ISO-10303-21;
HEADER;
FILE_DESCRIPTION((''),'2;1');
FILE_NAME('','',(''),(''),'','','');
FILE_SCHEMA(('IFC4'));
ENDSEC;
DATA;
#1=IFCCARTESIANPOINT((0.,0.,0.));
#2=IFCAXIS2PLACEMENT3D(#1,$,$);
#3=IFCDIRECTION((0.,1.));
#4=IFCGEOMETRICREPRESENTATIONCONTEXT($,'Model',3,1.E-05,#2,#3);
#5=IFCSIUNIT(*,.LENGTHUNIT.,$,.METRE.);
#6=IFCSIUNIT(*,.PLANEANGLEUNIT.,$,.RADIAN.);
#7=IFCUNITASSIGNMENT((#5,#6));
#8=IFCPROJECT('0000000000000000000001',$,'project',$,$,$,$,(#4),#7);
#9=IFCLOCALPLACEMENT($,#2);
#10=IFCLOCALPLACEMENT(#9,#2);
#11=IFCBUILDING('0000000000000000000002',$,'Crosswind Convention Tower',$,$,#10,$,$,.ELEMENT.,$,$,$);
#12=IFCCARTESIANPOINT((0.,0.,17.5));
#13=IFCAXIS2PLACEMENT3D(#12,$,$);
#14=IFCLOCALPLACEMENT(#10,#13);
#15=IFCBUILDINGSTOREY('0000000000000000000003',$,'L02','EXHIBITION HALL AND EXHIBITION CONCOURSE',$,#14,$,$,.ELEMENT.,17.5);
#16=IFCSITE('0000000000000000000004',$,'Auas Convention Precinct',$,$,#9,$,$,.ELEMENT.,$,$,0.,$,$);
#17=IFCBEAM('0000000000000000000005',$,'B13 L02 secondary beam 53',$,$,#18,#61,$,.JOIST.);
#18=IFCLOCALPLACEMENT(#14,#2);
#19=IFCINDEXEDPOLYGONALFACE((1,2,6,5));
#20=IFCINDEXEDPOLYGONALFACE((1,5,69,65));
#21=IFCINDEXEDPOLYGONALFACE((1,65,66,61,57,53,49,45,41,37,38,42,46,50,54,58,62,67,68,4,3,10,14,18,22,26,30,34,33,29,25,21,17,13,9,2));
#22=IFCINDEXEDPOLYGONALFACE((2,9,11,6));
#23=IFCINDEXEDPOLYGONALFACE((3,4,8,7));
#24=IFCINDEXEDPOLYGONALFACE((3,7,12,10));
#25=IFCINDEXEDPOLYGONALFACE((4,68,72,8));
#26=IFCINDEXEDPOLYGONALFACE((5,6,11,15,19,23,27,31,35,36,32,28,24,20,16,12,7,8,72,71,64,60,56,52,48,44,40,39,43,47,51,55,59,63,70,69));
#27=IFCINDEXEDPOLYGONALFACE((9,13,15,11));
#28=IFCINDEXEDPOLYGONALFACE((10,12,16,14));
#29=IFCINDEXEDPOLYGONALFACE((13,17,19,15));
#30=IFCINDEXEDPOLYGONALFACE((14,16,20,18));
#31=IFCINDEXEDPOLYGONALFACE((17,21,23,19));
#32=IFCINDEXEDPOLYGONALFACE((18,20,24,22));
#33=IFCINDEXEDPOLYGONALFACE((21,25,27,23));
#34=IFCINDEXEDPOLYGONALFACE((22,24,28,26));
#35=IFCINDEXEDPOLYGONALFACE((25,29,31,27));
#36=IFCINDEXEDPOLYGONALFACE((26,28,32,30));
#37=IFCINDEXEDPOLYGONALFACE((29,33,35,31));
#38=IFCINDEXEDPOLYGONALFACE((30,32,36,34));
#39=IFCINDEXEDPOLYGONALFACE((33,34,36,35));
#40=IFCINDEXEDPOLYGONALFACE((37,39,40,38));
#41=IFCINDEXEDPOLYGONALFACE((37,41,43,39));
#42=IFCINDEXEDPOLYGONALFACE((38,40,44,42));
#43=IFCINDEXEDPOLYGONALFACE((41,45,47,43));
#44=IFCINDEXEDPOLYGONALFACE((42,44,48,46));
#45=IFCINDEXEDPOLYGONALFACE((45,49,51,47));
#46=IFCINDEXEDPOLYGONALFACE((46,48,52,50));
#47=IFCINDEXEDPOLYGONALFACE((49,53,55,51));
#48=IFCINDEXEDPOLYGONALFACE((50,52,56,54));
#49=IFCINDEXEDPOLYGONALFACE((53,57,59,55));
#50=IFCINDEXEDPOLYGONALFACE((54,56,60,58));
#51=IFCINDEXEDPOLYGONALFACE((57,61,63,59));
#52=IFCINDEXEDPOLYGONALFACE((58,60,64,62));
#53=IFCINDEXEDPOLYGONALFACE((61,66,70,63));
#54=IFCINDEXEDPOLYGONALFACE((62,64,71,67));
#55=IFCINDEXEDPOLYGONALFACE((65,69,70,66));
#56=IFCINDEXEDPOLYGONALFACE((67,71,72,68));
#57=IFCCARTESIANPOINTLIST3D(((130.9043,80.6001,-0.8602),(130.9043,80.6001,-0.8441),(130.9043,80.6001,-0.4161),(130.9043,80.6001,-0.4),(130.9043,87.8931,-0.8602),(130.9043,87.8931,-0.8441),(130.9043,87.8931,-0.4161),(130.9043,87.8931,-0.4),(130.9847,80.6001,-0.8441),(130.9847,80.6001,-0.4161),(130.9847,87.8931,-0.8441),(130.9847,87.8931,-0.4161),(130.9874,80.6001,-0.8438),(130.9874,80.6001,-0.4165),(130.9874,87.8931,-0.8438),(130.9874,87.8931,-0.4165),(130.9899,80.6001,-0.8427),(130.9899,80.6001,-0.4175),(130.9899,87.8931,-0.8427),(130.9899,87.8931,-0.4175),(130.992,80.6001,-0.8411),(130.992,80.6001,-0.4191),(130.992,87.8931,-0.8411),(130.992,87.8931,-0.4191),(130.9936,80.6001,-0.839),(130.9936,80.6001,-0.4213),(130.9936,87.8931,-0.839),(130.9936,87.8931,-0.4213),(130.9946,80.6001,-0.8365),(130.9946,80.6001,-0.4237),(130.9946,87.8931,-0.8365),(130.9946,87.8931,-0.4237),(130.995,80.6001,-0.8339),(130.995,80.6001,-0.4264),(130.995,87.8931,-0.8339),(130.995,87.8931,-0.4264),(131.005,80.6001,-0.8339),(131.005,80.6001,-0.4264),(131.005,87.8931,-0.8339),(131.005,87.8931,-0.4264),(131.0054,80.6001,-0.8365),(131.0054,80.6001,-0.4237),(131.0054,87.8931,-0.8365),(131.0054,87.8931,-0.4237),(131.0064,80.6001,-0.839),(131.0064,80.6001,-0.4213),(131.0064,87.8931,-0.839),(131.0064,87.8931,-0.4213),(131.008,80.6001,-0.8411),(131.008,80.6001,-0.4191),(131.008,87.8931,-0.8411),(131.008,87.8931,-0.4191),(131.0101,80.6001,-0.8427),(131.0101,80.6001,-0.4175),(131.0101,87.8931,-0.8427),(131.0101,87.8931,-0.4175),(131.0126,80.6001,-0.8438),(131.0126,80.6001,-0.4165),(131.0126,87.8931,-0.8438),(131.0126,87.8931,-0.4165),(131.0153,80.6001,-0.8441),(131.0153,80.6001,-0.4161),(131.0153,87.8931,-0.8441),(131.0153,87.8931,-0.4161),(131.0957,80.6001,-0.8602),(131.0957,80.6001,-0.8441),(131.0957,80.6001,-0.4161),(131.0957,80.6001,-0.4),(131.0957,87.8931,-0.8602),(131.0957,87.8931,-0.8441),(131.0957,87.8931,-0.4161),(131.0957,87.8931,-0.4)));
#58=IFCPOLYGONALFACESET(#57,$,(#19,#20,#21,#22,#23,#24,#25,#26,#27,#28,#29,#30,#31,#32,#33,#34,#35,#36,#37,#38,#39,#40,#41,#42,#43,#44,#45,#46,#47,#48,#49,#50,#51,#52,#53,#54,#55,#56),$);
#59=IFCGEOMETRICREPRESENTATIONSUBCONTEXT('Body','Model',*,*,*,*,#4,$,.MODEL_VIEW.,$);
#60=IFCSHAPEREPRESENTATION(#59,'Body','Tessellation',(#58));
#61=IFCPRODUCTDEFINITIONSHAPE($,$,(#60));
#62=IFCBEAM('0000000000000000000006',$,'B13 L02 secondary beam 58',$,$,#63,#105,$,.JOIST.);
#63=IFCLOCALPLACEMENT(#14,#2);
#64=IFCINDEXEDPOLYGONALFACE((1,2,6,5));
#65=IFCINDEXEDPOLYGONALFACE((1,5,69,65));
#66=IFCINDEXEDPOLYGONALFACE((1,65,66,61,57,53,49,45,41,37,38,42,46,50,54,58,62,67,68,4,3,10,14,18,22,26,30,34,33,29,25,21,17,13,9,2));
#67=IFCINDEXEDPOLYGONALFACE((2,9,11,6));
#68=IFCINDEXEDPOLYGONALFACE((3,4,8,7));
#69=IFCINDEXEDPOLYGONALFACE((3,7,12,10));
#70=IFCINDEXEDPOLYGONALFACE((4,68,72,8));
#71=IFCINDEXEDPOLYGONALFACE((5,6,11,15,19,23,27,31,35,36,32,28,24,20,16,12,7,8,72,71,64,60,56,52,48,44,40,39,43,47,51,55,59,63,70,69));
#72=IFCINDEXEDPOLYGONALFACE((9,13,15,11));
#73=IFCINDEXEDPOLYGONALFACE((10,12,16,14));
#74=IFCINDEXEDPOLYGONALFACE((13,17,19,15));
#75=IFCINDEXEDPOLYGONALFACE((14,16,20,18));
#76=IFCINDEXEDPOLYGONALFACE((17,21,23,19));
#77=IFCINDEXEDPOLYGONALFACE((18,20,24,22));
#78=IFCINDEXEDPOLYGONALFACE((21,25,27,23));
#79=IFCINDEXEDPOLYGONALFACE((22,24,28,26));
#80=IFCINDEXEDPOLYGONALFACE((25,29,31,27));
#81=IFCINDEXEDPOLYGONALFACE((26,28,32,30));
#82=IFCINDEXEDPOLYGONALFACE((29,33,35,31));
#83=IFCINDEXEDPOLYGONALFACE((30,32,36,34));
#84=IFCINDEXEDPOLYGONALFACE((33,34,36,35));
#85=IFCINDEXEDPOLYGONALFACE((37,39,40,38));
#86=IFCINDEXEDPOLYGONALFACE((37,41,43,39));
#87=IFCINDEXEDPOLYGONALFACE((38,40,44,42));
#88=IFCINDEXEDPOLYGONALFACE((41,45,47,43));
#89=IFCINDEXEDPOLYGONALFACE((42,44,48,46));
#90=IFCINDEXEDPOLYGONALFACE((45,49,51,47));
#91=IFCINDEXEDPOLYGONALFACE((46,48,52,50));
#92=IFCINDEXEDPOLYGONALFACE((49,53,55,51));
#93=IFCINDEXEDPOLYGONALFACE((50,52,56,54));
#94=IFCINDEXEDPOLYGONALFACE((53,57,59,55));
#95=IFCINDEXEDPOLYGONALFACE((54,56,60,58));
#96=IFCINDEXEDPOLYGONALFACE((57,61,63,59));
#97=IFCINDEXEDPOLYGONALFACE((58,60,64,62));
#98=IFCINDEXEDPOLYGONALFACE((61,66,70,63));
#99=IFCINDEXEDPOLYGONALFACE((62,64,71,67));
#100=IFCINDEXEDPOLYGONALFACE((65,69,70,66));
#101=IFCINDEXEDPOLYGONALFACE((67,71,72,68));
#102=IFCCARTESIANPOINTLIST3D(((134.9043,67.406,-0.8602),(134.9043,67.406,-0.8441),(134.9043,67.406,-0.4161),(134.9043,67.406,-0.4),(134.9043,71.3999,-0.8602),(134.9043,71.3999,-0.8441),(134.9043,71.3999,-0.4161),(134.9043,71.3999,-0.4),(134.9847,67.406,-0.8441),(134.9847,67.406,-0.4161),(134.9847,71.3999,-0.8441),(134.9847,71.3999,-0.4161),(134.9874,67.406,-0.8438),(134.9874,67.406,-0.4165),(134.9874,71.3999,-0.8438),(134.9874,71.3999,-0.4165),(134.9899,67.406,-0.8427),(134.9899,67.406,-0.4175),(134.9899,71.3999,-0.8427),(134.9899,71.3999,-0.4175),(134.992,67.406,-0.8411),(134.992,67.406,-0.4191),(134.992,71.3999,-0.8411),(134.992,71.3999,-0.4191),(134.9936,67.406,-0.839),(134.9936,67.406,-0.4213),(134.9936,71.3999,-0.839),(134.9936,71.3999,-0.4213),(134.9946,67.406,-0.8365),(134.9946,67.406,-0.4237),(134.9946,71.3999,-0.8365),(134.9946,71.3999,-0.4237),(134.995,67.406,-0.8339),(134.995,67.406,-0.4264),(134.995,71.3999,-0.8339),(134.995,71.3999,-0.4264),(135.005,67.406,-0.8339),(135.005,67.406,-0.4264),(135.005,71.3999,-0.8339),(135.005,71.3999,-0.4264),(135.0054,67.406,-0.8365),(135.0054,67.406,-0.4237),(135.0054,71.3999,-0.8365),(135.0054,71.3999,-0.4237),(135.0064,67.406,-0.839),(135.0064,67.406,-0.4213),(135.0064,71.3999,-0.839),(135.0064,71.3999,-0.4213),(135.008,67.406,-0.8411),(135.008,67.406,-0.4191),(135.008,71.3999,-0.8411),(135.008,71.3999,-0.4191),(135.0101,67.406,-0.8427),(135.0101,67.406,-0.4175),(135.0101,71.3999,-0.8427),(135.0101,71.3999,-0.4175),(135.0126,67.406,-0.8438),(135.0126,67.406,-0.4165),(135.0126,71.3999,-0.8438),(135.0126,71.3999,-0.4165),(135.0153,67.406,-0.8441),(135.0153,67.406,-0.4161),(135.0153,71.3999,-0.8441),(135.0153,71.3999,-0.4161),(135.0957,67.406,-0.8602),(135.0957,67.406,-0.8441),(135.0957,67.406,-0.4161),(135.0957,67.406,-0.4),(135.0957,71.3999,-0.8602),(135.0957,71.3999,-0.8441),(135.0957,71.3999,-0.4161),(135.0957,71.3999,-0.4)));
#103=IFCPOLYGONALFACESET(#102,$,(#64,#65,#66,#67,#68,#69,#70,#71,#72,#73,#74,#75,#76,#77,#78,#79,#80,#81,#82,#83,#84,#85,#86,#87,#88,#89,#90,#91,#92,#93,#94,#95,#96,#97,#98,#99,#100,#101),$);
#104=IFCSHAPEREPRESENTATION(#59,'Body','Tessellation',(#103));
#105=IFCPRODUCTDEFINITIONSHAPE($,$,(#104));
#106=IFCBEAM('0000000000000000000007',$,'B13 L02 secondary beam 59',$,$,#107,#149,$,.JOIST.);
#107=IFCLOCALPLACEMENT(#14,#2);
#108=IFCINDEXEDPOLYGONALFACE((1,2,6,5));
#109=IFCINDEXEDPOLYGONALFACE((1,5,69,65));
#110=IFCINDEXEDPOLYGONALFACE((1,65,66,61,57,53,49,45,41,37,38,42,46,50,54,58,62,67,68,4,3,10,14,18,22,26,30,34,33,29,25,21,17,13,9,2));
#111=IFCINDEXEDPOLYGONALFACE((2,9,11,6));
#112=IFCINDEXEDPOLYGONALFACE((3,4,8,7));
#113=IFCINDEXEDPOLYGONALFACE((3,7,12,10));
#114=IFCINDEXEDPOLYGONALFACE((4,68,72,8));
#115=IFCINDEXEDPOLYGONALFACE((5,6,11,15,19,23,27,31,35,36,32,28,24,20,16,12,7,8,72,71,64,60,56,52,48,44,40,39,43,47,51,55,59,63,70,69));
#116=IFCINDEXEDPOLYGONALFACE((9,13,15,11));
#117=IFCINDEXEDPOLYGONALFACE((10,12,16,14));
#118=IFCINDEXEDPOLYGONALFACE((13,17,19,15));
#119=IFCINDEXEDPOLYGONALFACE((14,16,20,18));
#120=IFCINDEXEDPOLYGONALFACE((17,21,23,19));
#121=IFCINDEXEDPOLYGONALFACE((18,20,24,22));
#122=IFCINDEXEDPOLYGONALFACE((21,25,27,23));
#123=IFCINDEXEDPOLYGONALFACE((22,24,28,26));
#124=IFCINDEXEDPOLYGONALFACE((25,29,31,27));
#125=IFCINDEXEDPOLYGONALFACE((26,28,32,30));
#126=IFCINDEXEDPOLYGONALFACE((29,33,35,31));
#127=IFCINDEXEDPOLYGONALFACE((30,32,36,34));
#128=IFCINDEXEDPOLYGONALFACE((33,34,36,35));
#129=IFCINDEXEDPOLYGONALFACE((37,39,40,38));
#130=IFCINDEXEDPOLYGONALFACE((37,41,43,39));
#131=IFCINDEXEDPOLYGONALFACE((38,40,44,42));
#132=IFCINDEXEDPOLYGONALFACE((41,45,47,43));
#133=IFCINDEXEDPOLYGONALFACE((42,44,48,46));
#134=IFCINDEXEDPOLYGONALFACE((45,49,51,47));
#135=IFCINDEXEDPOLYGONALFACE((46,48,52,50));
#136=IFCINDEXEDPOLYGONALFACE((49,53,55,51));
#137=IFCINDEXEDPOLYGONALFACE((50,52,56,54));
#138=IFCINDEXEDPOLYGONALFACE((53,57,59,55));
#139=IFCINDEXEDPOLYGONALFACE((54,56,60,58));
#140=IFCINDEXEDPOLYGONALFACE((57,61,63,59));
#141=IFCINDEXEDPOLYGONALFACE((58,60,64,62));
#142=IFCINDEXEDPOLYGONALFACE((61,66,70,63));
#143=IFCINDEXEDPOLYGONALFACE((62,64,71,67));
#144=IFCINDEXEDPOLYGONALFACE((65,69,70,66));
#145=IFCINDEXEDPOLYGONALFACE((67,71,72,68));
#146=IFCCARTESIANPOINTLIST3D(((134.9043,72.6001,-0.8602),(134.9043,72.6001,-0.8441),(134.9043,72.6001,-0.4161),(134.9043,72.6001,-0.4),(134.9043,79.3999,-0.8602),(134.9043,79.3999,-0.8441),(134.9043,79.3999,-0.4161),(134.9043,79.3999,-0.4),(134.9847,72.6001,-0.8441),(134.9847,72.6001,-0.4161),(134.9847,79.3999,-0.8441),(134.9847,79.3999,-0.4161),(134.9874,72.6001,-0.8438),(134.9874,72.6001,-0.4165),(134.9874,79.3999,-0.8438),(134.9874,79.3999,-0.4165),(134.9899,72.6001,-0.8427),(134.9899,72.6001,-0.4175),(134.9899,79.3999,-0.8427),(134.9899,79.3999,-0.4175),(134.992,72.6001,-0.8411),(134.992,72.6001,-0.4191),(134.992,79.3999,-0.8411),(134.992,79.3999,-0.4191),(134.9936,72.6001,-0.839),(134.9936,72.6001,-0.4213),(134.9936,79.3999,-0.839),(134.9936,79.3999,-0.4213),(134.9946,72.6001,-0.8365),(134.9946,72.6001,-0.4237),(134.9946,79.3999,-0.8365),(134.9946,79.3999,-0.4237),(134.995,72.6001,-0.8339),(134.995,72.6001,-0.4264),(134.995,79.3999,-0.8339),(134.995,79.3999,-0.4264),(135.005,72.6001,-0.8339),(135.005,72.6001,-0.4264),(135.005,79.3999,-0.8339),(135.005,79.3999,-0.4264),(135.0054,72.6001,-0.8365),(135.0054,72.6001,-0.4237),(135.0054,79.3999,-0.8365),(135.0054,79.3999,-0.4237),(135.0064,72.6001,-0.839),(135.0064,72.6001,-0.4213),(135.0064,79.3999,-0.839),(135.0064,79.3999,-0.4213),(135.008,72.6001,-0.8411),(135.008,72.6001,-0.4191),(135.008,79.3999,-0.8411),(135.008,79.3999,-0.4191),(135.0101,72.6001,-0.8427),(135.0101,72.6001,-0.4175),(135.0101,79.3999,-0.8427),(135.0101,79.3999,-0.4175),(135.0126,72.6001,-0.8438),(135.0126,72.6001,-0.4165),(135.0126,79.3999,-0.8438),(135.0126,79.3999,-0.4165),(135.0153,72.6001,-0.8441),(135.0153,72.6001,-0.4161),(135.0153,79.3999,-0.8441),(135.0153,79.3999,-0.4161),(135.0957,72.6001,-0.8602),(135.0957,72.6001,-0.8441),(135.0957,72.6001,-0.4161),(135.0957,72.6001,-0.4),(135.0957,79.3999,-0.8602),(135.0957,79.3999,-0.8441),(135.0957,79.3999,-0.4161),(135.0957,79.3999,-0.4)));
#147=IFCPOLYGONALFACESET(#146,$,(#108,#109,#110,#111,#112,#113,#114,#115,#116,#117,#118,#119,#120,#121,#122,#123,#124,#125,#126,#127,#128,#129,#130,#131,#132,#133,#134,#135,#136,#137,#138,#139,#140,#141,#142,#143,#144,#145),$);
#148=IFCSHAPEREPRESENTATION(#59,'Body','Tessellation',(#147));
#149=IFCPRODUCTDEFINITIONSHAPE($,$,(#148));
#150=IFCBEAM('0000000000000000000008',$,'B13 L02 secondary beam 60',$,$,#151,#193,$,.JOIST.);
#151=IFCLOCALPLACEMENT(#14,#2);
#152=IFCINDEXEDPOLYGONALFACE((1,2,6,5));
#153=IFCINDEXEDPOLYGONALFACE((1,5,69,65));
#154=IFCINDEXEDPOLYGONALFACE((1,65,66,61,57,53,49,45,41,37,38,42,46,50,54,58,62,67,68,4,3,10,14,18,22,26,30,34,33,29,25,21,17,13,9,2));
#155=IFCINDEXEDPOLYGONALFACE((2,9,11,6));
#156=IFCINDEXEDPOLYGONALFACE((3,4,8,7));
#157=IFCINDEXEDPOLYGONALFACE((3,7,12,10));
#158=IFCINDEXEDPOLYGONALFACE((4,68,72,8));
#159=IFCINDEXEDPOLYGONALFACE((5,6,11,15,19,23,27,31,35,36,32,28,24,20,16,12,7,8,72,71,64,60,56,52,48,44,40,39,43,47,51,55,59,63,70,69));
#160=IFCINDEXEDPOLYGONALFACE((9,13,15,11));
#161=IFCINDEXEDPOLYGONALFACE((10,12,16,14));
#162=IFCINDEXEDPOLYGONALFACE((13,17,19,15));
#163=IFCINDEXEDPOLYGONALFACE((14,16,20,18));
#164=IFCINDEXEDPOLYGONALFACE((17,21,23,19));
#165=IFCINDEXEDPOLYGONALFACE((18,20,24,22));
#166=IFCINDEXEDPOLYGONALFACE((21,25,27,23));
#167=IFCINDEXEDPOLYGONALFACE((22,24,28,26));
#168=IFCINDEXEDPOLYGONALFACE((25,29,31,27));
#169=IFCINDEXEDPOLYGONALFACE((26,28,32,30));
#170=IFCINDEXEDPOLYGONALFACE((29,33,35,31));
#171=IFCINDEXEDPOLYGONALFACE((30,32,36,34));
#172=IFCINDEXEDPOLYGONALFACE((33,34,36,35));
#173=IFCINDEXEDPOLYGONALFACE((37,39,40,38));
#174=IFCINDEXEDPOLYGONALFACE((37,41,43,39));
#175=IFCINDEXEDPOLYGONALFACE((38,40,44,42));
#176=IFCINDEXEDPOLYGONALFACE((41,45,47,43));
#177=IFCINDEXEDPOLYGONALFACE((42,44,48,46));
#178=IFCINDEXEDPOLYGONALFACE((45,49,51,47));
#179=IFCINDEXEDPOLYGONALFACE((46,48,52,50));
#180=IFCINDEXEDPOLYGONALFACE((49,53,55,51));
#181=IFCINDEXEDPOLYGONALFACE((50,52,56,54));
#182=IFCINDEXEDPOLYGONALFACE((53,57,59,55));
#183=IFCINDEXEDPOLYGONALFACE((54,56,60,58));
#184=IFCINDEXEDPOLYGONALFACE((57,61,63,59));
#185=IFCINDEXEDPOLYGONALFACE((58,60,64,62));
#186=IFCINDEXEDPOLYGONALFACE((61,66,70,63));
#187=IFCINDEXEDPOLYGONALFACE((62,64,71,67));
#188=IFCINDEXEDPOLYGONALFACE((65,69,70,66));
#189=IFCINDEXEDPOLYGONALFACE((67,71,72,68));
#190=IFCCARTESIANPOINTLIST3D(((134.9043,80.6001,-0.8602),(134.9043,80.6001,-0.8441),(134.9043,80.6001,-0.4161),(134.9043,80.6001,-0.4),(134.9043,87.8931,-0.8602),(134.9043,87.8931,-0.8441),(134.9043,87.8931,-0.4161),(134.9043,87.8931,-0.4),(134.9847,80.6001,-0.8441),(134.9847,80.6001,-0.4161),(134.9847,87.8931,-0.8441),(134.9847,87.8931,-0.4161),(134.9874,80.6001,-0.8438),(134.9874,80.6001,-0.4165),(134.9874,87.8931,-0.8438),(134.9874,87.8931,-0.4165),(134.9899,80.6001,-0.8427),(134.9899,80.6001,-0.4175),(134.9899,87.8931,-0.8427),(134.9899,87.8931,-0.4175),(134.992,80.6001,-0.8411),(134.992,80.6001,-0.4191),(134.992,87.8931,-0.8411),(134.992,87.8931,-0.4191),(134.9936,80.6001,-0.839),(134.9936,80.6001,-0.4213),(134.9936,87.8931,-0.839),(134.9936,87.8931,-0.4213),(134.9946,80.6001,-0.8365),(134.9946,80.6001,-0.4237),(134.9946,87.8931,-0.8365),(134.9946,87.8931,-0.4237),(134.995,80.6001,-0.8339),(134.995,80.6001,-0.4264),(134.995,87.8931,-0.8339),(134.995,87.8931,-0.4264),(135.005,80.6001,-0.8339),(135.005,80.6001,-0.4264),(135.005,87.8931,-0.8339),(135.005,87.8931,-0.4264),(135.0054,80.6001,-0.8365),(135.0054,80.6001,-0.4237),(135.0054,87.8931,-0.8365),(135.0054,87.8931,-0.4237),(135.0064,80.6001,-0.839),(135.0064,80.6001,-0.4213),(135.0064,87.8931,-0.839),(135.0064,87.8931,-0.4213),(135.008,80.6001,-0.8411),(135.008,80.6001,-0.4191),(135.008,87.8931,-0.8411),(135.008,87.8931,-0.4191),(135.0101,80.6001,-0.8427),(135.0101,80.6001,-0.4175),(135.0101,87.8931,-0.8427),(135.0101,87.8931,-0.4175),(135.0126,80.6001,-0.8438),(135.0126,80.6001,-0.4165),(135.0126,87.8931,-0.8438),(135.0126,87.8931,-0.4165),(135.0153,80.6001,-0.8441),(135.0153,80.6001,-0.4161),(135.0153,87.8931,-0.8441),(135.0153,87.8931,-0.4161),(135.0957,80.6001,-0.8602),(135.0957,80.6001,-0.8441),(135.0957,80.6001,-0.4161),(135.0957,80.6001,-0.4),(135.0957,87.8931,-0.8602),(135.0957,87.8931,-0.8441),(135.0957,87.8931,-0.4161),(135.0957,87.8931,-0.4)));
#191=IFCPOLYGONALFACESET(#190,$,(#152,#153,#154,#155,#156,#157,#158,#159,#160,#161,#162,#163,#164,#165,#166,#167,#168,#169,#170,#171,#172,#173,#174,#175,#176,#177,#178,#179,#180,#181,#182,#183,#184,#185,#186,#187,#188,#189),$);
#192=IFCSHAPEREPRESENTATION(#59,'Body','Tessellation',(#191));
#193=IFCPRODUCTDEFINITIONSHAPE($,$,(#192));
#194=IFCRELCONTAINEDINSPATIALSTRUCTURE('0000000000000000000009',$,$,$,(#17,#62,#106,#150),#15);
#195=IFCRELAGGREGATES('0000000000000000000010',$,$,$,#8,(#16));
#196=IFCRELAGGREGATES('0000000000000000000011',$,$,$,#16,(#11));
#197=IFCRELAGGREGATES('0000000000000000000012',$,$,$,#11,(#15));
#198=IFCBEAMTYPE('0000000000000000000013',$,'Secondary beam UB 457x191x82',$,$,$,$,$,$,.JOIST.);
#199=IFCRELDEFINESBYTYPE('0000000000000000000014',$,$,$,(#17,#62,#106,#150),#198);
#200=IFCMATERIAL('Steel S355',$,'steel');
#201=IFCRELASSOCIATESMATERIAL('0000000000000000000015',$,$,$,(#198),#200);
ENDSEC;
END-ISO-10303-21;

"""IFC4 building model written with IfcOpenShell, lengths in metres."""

from ifc_helpers import new_model, si_unit, direction, frame, origin, origin_2d, place, context, subcontext, project, spatial, i_section, extrude, material, material_profile, profile_set, type_object, element, save


model = new_model("IFC4")

# Units and contexts
model_context = context("Model", 3, precision=1e-05, world=origin(), true_north=direction((0.0, 1.0)))
body_context = subcontext(model_context, "Body", "Model", "MODEL_VIEW")
ifc_project = project(units=[si_unit("LENGTHUNIT", "METRE"), si_unit("PLANEANGLEUNIT", "RADIAN")], contexts=[model_context])

# Site, building, storey
site_placement = place(None, origin())
site = spatial("IfcSite", under=ifc_project, at=site_placement, Name="Auas Convention Precinct", CompositionType="ELEMENT", RefElevation=0.0)
building_placement = place(site_placement, origin())
building = spatial("IfcBuilding", under=site, at=building_placement, Name="Crosswind Convention Tower", CompositionType="ELEMENT")
storey_placement = place(building_placement, frame((0.0, 0.0, 17.5)))
storey = spatial("IfcBuildingStorey", under=building, at=storey_placement, Name="L02", Description="EXHIBITION HALL AND EXHIBITION CONCOURSE", CompositionType="ELEMENT", Elevation=17.5)

# Shared definitions
ifc_material_1 = material(Name="Steel S355", Category="steel")

# Beams
ifc_material_profile_1 = material_profile(ifc_material_1, i_section(OverallWidth=0.1914, OverallDepth=0.4602, WebThickness=0.01, FlangeThickness=0.0161, FilletRadius=0.0103, at=origin_2d()), Name="UB 457x191x82")
ifc_profile_set_1 = profile_set([ifc_material_profile_1], Name="Steel S355")
beam_type_1 = type_object("IfcBeamType", Name="Secondary beam UB 457x191x82", PredefinedType="JOIST", material=ifc_profile_set_1)
beam_1_placement = place(storey_placement, frame((131.0, 80.6001, -0.6301), z_axis=(0.0, 1.0, 0.0), x_axis=(-1.0, 0.0, 0.0)))
element("IfcBeam", 1, at=beam_1_placement, inside=storey, type_object=beam_type_1, Name="B13 L02 secondary beam 53", PredefinedType="JOIST", context=body_context, shape_type="SweptSolid", body=[
    extrude(i_section(OverallWidth=0.1914, OverallDepth=0.4602, WebThickness=0.01, FlangeThickness=0.0161, FilletRadius=0.0103, at=origin_2d()), origin(), (0.0, 0.0, 1.0), 7.293),
])
beam_2_placement = place(storey_placement, frame((135.0, 67.406, -0.6301), z_axis=(0.0, 1.0, 0.0), x_axis=(-1.0, 0.0, 0.0)))
element("IfcBeam", 2, at=beam_2_placement, inside=storey, type_object=beam_type_1, Name="B13 L02 secondary beam 58", PredefinedType="JOIST", context=body_context, shape_type="SweptSolid", body=[
    extrude(i_section(OverallWidth=0.1914, OverallDepth=0.4602, WebThickness=0.01, FlangeThickness=0.0161, FilletRadius=0.0103, at=origin_2d()), origin(), (0.0, 0.0, 1.0), 3.9939),
])
beam_3_placement = place(storey_placement, frame((135.0, 72.6001, -0.6301), z_axis=(0.0, 1.0, 0.0), x_axis=(-1.0, 0.0, 0.0)))
element("IfcBeam", 3, at=beam_3_placement, inside=storey, type_object=beam_type_1, Name="B13 L02 secondary beam 59", PredefinedType="JOIST", context=body_context, shape_type="SweptSolid", body=[
    extrude(i_section(OverallWidth=0.1914, OverallDepth=0.4602, WebThickness=0.01, FlangeThickness=0.0161, FilletRadius=0.0103, at=origin_2d()), origin(), (0.0, 0.0, 1.0), 6.7998),
])
beam_4_placement = place(storey_placement, frame((135.0, 80.6001, -0.6301), z_axis=(0.0, 1.0, 0.0), x_axis=(-1.0, 0.0, 0.0)))
element("IfcBeam", 4, at=beam_4_placement, inside=storey, type_object=beam_type_1, Name="B13 L02 secondary beam 60", PredefinedType="JOIST", context=body_context, shape_type="SweptSolid", body=[
    extrude(i_section(OverallWidth=0.1914, OverallDepth=0.4602, WebThickness=0.01, FlangeThickness=0.0161, FilletRadius=0.0103, at=origin_2d()), origin(), (0.0, 0.0, 1.0), 7.293),
])

save(model, "model.ifc")
